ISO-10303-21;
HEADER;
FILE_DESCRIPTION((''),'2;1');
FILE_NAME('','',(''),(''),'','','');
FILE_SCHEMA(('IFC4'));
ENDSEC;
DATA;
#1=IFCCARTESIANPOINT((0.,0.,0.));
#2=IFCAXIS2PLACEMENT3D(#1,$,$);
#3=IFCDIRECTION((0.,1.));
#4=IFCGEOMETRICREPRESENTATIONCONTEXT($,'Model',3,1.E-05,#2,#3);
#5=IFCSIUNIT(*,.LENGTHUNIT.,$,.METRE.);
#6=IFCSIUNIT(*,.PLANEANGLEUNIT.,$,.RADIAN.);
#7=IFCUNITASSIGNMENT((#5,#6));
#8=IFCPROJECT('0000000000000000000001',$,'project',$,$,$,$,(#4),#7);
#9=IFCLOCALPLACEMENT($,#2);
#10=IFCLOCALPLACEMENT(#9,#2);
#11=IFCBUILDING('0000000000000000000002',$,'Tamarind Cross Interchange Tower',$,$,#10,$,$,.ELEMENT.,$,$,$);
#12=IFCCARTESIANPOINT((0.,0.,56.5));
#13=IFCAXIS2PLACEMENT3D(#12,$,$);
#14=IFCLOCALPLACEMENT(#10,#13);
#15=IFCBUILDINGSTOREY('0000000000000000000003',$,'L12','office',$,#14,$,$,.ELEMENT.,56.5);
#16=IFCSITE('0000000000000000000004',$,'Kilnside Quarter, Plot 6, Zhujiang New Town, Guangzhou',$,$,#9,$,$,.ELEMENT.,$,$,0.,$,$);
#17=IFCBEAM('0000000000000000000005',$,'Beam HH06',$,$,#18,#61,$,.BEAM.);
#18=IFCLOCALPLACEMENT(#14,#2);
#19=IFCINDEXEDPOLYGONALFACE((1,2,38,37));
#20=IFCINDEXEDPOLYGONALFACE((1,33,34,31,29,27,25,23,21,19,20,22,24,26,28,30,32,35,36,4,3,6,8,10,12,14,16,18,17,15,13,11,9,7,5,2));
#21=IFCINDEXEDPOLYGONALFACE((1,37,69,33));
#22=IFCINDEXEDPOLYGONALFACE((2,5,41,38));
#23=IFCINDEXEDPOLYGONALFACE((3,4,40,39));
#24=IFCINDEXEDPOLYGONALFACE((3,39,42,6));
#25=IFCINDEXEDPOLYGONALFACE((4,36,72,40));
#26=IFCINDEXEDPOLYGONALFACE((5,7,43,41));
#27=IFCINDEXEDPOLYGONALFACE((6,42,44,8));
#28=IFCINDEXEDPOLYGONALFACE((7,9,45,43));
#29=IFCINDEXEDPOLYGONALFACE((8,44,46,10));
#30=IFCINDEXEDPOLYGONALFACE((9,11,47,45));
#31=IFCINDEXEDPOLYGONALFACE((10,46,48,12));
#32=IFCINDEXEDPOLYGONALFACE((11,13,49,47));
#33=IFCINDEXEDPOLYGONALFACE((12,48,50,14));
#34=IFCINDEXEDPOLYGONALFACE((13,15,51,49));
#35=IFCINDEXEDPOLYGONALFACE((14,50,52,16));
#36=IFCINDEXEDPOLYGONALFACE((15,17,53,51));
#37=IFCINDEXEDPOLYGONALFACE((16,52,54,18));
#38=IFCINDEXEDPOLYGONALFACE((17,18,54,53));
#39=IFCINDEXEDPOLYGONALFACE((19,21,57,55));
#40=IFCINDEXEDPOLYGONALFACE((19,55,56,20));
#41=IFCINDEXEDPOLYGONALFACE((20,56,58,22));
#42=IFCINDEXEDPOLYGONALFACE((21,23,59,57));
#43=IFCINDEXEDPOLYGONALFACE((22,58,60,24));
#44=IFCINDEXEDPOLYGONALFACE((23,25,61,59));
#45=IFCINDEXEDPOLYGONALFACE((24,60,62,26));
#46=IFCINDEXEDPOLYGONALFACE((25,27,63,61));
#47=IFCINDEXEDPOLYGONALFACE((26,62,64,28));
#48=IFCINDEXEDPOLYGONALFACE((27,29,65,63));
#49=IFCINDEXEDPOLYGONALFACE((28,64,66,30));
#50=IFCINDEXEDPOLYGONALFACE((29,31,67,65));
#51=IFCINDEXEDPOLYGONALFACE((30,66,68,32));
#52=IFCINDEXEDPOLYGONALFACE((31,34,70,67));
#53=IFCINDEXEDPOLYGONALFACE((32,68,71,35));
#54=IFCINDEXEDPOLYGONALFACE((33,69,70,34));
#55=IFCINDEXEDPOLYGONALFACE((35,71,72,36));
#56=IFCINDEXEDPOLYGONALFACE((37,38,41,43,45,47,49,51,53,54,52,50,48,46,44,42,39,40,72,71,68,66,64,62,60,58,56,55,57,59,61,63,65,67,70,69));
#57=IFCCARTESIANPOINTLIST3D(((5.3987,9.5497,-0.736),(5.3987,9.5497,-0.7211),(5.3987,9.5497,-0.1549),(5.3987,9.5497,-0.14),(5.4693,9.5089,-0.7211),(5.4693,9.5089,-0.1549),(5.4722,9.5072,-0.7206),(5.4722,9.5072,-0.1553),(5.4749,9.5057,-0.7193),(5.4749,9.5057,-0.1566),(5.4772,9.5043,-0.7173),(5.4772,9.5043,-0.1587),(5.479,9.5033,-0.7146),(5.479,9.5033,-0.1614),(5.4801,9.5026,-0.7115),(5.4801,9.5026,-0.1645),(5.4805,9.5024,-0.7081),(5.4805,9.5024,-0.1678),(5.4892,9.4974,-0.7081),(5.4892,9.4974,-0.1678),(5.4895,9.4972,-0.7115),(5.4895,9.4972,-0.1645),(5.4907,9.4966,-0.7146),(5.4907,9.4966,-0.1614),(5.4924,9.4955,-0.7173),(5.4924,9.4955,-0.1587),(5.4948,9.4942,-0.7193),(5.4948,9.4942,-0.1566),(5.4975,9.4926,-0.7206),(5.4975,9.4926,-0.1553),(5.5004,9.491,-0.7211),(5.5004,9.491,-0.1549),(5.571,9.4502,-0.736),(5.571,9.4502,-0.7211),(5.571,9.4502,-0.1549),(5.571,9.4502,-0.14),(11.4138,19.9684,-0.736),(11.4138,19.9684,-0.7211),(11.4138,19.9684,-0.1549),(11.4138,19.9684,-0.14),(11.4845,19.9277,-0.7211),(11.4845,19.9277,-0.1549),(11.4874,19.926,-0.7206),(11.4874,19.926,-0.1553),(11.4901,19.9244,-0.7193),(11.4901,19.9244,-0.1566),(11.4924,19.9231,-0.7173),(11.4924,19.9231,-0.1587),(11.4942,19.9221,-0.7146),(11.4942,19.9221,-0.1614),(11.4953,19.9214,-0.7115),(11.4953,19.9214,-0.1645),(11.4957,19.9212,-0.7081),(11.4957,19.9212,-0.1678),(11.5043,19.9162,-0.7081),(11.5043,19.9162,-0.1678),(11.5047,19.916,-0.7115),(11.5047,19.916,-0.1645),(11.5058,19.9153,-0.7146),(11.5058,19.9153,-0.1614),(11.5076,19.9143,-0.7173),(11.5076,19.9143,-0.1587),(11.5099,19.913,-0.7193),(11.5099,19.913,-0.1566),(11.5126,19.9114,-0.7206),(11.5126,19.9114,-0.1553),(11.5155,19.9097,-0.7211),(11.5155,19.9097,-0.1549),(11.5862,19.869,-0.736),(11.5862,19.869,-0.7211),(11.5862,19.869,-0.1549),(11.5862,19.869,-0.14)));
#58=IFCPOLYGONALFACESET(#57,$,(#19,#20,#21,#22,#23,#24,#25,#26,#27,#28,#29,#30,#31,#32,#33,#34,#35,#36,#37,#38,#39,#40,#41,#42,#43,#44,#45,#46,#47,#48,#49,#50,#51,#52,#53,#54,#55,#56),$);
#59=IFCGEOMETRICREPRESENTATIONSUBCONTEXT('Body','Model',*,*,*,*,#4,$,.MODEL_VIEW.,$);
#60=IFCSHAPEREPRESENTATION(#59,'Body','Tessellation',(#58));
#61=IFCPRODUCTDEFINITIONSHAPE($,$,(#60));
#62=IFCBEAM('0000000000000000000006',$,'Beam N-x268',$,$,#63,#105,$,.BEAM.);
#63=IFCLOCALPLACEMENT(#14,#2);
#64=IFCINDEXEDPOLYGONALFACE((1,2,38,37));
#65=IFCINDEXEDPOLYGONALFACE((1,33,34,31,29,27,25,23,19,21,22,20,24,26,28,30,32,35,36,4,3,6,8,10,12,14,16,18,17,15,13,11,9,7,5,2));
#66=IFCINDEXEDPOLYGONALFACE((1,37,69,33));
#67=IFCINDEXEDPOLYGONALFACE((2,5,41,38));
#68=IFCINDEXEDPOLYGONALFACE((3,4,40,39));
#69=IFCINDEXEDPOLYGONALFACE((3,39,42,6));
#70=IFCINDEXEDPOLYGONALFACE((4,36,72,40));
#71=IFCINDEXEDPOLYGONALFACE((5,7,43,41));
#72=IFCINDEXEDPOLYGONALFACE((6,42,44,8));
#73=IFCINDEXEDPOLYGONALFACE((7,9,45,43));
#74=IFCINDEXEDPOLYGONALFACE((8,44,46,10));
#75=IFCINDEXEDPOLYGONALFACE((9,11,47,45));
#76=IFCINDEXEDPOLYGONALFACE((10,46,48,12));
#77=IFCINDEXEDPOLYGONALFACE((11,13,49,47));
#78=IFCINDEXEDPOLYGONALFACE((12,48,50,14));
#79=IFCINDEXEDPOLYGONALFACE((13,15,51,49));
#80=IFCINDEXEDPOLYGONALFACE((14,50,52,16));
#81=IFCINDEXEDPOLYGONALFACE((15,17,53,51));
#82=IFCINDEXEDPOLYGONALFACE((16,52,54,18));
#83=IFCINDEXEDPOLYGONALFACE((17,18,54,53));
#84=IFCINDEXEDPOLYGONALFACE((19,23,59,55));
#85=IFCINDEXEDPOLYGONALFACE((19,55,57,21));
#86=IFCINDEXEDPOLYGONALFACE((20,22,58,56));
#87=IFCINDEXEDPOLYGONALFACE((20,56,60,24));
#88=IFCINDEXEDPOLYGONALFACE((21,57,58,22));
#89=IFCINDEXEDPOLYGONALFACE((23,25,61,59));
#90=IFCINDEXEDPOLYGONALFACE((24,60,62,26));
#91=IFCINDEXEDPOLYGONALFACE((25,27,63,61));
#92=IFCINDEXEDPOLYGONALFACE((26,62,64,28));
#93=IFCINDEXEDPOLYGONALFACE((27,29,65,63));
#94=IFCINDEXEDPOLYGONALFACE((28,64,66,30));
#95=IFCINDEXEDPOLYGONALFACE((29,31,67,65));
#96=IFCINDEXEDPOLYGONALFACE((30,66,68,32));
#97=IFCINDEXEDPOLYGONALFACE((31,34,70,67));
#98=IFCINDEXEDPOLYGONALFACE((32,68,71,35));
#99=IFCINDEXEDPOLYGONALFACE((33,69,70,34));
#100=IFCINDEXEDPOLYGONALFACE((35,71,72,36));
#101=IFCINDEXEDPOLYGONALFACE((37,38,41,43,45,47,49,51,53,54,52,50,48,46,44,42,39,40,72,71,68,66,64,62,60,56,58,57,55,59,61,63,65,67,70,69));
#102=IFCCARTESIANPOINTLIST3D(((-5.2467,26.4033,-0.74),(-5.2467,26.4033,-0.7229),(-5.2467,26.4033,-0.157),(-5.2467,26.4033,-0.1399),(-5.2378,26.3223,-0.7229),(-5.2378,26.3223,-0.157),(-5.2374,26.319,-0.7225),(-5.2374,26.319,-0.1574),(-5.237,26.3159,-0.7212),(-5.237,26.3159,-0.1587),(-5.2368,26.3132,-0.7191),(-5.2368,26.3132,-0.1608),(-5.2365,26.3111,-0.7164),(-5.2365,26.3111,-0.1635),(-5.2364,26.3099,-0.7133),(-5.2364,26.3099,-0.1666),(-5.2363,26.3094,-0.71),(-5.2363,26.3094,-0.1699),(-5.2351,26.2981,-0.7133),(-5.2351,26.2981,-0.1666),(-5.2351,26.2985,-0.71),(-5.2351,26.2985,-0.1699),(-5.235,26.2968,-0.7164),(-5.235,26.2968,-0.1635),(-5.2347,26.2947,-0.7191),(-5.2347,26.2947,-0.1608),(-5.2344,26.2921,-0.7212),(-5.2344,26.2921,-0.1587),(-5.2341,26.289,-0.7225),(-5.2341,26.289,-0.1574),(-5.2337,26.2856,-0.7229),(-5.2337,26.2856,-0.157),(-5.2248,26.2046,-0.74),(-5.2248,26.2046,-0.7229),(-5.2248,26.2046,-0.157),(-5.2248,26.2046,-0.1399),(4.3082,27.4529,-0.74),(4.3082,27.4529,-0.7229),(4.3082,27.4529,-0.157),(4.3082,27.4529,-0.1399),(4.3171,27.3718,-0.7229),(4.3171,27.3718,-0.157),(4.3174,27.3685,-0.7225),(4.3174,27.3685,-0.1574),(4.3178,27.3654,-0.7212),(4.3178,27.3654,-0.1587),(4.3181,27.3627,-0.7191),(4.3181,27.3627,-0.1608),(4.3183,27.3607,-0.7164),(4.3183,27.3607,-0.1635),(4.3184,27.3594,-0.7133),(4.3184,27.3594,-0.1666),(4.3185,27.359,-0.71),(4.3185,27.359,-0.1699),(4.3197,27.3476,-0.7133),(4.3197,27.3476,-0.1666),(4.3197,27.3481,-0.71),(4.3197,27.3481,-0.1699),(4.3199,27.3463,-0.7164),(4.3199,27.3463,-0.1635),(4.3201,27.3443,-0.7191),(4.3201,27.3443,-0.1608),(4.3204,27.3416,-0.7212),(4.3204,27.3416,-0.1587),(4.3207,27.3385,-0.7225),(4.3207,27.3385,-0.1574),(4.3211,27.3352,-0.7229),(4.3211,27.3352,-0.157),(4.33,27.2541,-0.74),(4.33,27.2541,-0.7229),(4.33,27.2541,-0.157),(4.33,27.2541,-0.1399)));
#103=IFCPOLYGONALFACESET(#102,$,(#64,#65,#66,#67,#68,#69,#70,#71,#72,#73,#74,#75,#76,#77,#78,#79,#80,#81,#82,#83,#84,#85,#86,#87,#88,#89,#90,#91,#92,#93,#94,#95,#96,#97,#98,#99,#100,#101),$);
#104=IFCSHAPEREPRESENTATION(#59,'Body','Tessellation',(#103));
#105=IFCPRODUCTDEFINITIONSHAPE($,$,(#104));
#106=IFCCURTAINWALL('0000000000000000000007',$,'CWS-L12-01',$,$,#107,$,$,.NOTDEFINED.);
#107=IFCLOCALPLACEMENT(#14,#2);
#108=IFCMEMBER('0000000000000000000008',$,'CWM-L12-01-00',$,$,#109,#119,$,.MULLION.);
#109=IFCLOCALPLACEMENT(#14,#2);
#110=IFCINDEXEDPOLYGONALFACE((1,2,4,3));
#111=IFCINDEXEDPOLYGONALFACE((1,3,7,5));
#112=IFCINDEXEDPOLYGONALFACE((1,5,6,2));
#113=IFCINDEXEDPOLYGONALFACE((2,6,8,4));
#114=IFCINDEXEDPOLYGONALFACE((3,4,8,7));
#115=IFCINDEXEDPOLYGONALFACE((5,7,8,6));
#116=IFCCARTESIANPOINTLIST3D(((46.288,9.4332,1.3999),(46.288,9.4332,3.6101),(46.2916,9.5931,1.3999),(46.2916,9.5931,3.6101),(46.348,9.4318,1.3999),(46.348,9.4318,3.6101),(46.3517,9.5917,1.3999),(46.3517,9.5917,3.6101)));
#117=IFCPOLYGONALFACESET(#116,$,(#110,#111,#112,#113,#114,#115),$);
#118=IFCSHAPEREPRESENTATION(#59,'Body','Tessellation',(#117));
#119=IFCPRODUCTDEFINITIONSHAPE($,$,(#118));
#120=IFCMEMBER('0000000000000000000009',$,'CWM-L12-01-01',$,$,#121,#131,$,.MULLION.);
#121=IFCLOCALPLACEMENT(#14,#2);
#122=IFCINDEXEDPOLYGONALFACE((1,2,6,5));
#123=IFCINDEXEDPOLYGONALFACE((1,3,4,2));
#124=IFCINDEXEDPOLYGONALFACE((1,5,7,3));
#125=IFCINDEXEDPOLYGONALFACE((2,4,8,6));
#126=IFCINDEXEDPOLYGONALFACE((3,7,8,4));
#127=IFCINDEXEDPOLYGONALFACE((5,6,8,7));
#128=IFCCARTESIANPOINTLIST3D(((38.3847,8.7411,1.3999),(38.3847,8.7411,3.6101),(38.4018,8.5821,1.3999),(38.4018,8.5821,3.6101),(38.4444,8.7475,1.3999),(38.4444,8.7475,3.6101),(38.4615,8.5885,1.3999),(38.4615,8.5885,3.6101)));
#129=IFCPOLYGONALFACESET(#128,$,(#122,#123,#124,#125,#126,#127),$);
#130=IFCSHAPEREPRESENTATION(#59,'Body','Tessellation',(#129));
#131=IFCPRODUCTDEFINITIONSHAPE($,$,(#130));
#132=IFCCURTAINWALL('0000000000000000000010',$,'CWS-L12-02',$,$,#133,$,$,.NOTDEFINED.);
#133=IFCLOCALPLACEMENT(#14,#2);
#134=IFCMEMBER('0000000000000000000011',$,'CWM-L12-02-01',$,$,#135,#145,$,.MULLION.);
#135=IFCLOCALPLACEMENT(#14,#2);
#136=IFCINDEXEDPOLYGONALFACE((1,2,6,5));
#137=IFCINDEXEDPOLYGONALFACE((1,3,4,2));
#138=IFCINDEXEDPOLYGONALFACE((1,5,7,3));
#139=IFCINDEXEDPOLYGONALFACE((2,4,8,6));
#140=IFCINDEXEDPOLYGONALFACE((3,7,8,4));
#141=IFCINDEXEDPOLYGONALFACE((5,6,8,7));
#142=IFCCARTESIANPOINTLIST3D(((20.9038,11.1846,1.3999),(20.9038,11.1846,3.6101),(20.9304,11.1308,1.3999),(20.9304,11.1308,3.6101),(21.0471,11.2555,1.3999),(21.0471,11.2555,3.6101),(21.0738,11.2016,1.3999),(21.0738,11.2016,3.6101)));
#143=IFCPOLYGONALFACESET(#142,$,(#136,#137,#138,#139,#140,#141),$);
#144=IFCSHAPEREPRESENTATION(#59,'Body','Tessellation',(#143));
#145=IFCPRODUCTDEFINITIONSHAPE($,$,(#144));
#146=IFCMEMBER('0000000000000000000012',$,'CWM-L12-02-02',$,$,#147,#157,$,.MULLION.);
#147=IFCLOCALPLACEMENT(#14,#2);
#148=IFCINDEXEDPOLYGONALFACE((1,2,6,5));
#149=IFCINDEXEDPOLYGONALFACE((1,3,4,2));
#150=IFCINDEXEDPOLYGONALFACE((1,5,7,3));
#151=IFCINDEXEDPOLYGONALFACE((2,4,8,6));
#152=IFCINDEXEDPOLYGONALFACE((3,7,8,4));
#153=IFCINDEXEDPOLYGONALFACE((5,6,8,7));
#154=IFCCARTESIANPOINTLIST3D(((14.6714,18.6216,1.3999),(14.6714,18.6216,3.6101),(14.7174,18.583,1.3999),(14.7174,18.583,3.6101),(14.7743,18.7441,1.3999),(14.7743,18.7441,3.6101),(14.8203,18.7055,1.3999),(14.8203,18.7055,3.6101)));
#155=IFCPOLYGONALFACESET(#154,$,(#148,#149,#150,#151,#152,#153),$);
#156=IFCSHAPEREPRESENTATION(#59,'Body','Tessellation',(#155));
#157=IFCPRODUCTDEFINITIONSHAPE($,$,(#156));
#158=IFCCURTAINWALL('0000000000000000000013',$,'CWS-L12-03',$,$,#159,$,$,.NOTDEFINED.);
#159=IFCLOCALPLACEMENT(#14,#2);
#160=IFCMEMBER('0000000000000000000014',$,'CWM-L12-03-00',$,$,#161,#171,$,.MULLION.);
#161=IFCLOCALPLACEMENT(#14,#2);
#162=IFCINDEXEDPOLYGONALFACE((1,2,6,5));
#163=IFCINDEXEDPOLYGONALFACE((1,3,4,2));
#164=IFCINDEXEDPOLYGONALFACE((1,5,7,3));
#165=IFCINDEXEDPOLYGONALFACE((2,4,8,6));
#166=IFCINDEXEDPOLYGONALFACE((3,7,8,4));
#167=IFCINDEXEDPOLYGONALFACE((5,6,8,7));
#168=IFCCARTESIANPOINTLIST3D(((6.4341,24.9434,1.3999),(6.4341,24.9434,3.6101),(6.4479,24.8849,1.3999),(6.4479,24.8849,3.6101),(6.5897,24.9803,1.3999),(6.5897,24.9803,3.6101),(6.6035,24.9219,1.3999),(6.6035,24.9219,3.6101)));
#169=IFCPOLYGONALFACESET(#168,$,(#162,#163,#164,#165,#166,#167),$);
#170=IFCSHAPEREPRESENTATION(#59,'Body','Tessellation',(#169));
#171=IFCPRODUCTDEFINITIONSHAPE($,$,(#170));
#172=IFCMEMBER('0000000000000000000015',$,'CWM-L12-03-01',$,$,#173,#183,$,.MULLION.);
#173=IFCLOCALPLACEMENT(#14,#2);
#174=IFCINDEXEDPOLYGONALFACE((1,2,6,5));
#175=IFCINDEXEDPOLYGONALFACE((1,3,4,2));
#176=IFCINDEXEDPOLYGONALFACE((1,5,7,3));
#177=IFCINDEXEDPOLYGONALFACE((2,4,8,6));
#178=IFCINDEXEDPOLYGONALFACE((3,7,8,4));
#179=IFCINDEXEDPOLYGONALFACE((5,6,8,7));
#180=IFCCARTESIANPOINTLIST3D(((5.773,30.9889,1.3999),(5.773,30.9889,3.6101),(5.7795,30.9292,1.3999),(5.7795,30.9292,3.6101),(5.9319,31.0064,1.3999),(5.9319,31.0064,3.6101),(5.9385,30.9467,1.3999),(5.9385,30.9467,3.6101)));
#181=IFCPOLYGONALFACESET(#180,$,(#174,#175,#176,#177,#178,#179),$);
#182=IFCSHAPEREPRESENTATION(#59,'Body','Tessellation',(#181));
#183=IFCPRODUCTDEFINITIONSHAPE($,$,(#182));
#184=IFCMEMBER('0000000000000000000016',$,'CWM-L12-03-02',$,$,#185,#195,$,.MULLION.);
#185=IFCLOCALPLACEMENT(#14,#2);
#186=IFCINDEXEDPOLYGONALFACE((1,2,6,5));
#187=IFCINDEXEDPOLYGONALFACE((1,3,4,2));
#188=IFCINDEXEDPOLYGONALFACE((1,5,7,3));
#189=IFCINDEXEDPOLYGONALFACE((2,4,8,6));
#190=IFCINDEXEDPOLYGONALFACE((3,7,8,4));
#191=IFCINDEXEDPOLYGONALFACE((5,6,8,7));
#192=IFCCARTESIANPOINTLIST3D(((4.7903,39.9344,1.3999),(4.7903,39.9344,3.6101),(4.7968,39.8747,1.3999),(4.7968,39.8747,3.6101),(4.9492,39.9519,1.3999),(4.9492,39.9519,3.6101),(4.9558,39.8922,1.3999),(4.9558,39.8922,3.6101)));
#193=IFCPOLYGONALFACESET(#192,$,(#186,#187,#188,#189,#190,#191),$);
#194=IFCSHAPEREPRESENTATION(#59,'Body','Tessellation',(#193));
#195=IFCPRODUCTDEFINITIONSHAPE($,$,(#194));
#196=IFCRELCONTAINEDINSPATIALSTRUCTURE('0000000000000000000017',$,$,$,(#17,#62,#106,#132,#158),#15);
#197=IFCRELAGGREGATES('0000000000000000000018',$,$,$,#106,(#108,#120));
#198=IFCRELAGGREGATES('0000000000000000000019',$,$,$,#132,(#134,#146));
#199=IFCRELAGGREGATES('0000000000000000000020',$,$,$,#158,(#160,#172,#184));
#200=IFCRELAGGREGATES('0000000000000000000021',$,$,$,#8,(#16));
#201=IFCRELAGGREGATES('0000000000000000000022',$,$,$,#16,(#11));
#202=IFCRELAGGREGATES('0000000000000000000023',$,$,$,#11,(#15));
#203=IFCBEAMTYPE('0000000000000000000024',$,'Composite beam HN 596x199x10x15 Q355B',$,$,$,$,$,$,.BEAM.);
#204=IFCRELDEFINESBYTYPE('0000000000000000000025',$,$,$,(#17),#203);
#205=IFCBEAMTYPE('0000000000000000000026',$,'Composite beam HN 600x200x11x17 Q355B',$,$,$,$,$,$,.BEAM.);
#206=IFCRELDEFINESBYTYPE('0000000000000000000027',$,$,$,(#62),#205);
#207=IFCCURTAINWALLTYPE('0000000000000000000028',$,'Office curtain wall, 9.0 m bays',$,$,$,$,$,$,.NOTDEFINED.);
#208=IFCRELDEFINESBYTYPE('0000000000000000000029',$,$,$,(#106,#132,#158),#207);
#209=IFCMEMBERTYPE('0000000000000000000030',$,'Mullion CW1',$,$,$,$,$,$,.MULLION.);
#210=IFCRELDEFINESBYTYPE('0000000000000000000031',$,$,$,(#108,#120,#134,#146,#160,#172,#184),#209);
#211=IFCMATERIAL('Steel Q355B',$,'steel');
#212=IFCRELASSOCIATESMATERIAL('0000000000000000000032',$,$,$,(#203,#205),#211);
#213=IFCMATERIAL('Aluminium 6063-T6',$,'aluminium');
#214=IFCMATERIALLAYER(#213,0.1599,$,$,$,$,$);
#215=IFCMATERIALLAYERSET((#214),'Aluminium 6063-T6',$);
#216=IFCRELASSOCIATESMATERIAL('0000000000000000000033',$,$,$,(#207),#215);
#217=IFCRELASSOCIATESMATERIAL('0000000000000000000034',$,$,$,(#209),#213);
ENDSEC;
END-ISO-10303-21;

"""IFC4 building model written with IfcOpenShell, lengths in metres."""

from ifc_helpers import new_model, si_unit, direction, frame, origin, origin_2d, place, context, subcontext, project, spatial, rectangle, i_section, extrude, material, layer, layer_set, material_profile, profile_set, type_object, element, aggregate, save


model = new_model("IFC4")

# Units and contexts
model_context = context("Model", 3, precision=1e-05, world=origin(), true_north=direction((0.0, 1.0)))
body_context = subcontext(model_context, "Body", "Model", "MODEL_VIEW")
ifc_project = project(units=[si_unit("LENGTHUNIT", "METRE"), si_unit("PLANEANGLEUNIT", "RADIAN")], contexts=[model_context])

# Site, building, storey
site_placement = place(None, origin())
site = spatial("IfcSite", under=ifc_project, at=site_placement, Name="Kilnside Quarter, Plot 6, Zhujiang New Town, Guangzhou", CompositionType="ELEMENT", RefElevation=0.0)
building_placement = place(site_placement, origin())
building = spatial("IfcBuilding", under=site, at=building_placement, Name="Tamarind Cross Interchange Tower", CompositionType="ELEMENT")
storey_placement = place(building_placement, frame((0.0, 0.0, 56.5)))
storey = spatial("IfcBuildingStorey", under=building, at=storey_placement, Name="L12", Description="office", CompositionType="ELEMENT", Elevation=56.5)

# Beams
ifc_material_1 = material(Name="Steel Q355B", Category="steel")
ifc_material_profile_1 = material_profile(ifc_material_1, i_section(OverallWidth=0.199, OverallDepth=0.5959, WebThickness=0.01, FlangeThickness=0.0149, FilletRadius=0.0129, at=origin_2d()), Name="HN 596x199x10x15")
ifc_profile_set_1 = profile_set([ifc_material_profile_1], Name="Steel Q355B")
beam_type_1 = type_object("IfcBeamType", Name="Composite beam HN 596x199x10x15 Q355B", PredefinedType="BEAM", material=ifc_profile_set_1)
beam_1_placement = place(storey_placement, frame((11.5, 19.9187, -0.438), z_axis=(-0.499994, -0.866029, 0.0), x_axis=(0.866029, -0.499994, 0.0)))
element("IfcBeam", 1, at=beam_1_placement, inside=storey, type_object=beam_type_1, Name="Beam HH06", PredefinedType="BEAM", context=body_context, shape_type="SweptSolid", body=[
    extrude(i_section(OverallWidth=0.199, OverallDepth=0.5959, WebThickness=0.01, FlangeThickness=0.0149, FilletRadius=0.0129, at=origin_2d()), origin(), (0.0, 0.0, 1.0), 12.0305),
])
ifc_material_profile_2 = material_profile(ifc_material_1, i_section(OverallWidth=0.2, OverallDepth=0.6001, WebThickness=0.011, FlangeThickness=0.0171, FilletRadius=0.0129, at=origin_2d()), Name="HN 600x200x11x17")
ifc_profile_set_2 = profile_set([ifc_material_profile_2], Name="Steel Q355B")
beam_type_2 = type_object("IfcBeamType", Name="Composite beam HN 600x200x11x17 Q355B", PredefinedType="BEAM", material=ifc_profile_set_2)
beam_2_placement = place(storey_placement, frame((4.3191, 27.3535, -0.4399), z_axis=(-0.994021, -0.109188, 0.0), x_axis=(0.109188, -0.994021, 0.0)))
element("IfcBeam", 2, at=beam_2_placement, inside=storey, type_object=beam_type_2, Name="Beam N-x268", PredefinedType="BEAM", context=body_context, shape_type="SweptSolid", body=[
    extrude(i_section(OverallWidth=0.2, OverallDepth=0.6001, WebThickness=0.011, FlangeThickness=0.0171, FilletRadius=0.0129, at=origin_2d()), origin(), (0.0, 0.0, 1.0), 9.6123),
])

# Curtain walls, members
ifc_material_2 = material(Name="Aluminium 6063-T6", Category="aluminium")
ifc_layer_1 = layer(ifc_material_2, 0.1599)
ifc_layer_set_1 = layer_set([ifc_layer_1], Name="Aluminium 6063-T6")
curtain_wall_type = type_object("IfcCurtainWallType", Name="Office curtain wall, 9.0 m bays", PredefinedType="NOTDEFINED", material=ifc_layer_set_1)
curtain_wall_1_placement = place(storey_placement, origin())
curtain_wall_1 = element("IfcCurtainWall", 3, at=curtain_wall_1_placement, inside=storey, type_object=curtain_wall_type, Name="CWS-L12-01", PredefinedType="NOTDEFINED")
ifc_material_profile_3 = material_profile(ifc_material_2, rectangle(XDim=0.0601, YDim=0.1599, at=origin_2d()), Name="Mullion CW1")
ifc_profile_set_3 = profile_set([ifc_material_profile_3], Name="Aluminium 6063-T6")
member_type = type_object("IfcMemberType", Name="Mullion CW1", PredefinedType="MULLION", material=ifc_profile_set_3)
member_1_placement = place(storey_placement, frame((46.3198, 9.5125, 1.3999), z_axis=(0.0, 0.0, 1.0), x_axis=(-0.999742, 0.022718, 0.0)))
member_1 = element("IfcMember", 4, at=member_1_placement, type_object=member_type, Name="CWM-L12-01-00", PredefinedType="MULLION", context=body_context, shape_type="SweptSolid", body=[
    extrude(rectangle(XDim=0.0601, YDim=0.1599, at=origin_2d()), origin(), (0.0, 0.0, 1.0), 2.2102),
])
member_2_placement = place(storey_placement, frame((38.4231, 8.6648, 1.3999), z_axis=(0.0, 0.0, 1.0), x_axis=(-0.994287, -0.106744, 0.0)))
member_2 = element("IfcMember", 5, at=member_2_placement, type_object=member_type, Name="CWM-L12-01-01", PredefinedType="MULLION", context=body_context, shape_type="SweptSolid", body=[
    extrude(rectangle(XDim=0.0601, YDim=0.1599, at=origin_2d()), origin(), (0.0, 0.0, 1.0), 2.2102),
])
aggregate(curtain_wall_1, [member_1, member_2])
curtain_wall_2_placement = place(storey_placement, origin())
curtain_wall_2 = element("IfcCurtainWall", 6, at=curtain_wall_2_placement, inside=storey, type_object=curtain_wall_type, Name="CWS-L12-02", PredefinedType="NOTDEFINED")
member_3_placement = place(storey_placement, frame((20.9888, 11.1931, 1.3999), z_axis=(0.0, 0.0, 1.0), x_axis=(-0.443059, 0.896493, 0.0)))
member_3 = element("IfcMember", 7, at=member_3_placement, type_object=member_type, Name="CWM-L12-02-01", PredefinedType="MULLION", context=body_context, shape_type="SweptSolid", body=[
    extrude(rectangle(XDim=0.0601, YDim=0.1599, at=origin_2d()), origin(), (0.0, 0.0, 1.0), 2.2102),
])
member_4_placement = place(storey_placement, frame((14.7458, 18.6636, 1.3999), z_axis=(0.0, 0.0, 1.0), x_axis=(-0.765858, 0.643009, 0.0)))
member_4 = element("IfcMember", 8, at=member_4_placement, type_object=member_type, Name="CWM-L12-02-02", PredefinedType="MULLION", context=body_context, shape_type="SweptSolid", body=[
    extrude(rectangle(XDim=0.0601, YDim=0.1599, at=origin_2d()), origin(), (0.0, 0.0, 1.0), 2.2102),
])
aggregate(curtain_wall_2, [member_3, member_4])
curtain_wall_3_placement = place(storey_placement, origin())
curtain_wall_3 = element("IfcCurtainWall", 9, at=curtain_wall_3_placement, inside=storey, type_object=curtain_wall_type, Name="CWS-L12-03", PredefinedType="NOTDEFINED")
member_5_placement = place(storey_placement, frame((6.5188, 24.9326, 1.3999), z_axis=(0.0, 0.0, 1.0), x_axis=(-0.23101, 0.972951, 0.0)))
member_5 = element("IfcMember", 10, at=member_5_placement, type_object=member_type, Name="CWM-L12-03-00", PredefinedType="MULLION", context=body_context, shape_type="SweptSolid", body=[
    extrude(rectangle(XDim=0.0601, YDim=0.1599, at=origin_2d()), origin(), (0.0, 0.0, 1.0), 2.2102),
])
member_6_placement = place(storey_placement, frame((5.8557, 30.9678, 1.3999), z_axis=(0.0, 0.0, 1.0), x_axis=(-0.109193, 0.994021, 0.0)))
member_6 = element("IfcMember", 11, at=member_6_placement, type_object=member_type, Name="CWM-L12-03-01", PredefinedType="MULLION", context=body_context, shape_type="SweptSolid", body=[
    extrude(rectangle(XDim=0.0601, YDim=0.1599, at=origin_2d()), origin(), (0.0, 0.0, 1.0), 2.2102),
])
member_7_placement = place(storey_placement, frame((4.873, 39.9133, 1.3999), z_axis=(0.0, 0.0, 1.0), x_axis=(-0.109193, 0.994021, 0.0)))
member_7 = element("IfcMember", 12, at=member_7_placement, type_object=member_type, Name="CWM-L12-03-02", PredefinedType="MULLION", context=body_context, shape_type="SweptSolid", body=[
    extrude(rectangle(XDim=0.0601, YDim=0.1599, at=origin_2d()), origin(), (0.0, 0.0, 1.0), 2.2102),
])
aggregate(curtain_wall_3, [member_5, member_6, member_7])

save(model, "model.ifc")
